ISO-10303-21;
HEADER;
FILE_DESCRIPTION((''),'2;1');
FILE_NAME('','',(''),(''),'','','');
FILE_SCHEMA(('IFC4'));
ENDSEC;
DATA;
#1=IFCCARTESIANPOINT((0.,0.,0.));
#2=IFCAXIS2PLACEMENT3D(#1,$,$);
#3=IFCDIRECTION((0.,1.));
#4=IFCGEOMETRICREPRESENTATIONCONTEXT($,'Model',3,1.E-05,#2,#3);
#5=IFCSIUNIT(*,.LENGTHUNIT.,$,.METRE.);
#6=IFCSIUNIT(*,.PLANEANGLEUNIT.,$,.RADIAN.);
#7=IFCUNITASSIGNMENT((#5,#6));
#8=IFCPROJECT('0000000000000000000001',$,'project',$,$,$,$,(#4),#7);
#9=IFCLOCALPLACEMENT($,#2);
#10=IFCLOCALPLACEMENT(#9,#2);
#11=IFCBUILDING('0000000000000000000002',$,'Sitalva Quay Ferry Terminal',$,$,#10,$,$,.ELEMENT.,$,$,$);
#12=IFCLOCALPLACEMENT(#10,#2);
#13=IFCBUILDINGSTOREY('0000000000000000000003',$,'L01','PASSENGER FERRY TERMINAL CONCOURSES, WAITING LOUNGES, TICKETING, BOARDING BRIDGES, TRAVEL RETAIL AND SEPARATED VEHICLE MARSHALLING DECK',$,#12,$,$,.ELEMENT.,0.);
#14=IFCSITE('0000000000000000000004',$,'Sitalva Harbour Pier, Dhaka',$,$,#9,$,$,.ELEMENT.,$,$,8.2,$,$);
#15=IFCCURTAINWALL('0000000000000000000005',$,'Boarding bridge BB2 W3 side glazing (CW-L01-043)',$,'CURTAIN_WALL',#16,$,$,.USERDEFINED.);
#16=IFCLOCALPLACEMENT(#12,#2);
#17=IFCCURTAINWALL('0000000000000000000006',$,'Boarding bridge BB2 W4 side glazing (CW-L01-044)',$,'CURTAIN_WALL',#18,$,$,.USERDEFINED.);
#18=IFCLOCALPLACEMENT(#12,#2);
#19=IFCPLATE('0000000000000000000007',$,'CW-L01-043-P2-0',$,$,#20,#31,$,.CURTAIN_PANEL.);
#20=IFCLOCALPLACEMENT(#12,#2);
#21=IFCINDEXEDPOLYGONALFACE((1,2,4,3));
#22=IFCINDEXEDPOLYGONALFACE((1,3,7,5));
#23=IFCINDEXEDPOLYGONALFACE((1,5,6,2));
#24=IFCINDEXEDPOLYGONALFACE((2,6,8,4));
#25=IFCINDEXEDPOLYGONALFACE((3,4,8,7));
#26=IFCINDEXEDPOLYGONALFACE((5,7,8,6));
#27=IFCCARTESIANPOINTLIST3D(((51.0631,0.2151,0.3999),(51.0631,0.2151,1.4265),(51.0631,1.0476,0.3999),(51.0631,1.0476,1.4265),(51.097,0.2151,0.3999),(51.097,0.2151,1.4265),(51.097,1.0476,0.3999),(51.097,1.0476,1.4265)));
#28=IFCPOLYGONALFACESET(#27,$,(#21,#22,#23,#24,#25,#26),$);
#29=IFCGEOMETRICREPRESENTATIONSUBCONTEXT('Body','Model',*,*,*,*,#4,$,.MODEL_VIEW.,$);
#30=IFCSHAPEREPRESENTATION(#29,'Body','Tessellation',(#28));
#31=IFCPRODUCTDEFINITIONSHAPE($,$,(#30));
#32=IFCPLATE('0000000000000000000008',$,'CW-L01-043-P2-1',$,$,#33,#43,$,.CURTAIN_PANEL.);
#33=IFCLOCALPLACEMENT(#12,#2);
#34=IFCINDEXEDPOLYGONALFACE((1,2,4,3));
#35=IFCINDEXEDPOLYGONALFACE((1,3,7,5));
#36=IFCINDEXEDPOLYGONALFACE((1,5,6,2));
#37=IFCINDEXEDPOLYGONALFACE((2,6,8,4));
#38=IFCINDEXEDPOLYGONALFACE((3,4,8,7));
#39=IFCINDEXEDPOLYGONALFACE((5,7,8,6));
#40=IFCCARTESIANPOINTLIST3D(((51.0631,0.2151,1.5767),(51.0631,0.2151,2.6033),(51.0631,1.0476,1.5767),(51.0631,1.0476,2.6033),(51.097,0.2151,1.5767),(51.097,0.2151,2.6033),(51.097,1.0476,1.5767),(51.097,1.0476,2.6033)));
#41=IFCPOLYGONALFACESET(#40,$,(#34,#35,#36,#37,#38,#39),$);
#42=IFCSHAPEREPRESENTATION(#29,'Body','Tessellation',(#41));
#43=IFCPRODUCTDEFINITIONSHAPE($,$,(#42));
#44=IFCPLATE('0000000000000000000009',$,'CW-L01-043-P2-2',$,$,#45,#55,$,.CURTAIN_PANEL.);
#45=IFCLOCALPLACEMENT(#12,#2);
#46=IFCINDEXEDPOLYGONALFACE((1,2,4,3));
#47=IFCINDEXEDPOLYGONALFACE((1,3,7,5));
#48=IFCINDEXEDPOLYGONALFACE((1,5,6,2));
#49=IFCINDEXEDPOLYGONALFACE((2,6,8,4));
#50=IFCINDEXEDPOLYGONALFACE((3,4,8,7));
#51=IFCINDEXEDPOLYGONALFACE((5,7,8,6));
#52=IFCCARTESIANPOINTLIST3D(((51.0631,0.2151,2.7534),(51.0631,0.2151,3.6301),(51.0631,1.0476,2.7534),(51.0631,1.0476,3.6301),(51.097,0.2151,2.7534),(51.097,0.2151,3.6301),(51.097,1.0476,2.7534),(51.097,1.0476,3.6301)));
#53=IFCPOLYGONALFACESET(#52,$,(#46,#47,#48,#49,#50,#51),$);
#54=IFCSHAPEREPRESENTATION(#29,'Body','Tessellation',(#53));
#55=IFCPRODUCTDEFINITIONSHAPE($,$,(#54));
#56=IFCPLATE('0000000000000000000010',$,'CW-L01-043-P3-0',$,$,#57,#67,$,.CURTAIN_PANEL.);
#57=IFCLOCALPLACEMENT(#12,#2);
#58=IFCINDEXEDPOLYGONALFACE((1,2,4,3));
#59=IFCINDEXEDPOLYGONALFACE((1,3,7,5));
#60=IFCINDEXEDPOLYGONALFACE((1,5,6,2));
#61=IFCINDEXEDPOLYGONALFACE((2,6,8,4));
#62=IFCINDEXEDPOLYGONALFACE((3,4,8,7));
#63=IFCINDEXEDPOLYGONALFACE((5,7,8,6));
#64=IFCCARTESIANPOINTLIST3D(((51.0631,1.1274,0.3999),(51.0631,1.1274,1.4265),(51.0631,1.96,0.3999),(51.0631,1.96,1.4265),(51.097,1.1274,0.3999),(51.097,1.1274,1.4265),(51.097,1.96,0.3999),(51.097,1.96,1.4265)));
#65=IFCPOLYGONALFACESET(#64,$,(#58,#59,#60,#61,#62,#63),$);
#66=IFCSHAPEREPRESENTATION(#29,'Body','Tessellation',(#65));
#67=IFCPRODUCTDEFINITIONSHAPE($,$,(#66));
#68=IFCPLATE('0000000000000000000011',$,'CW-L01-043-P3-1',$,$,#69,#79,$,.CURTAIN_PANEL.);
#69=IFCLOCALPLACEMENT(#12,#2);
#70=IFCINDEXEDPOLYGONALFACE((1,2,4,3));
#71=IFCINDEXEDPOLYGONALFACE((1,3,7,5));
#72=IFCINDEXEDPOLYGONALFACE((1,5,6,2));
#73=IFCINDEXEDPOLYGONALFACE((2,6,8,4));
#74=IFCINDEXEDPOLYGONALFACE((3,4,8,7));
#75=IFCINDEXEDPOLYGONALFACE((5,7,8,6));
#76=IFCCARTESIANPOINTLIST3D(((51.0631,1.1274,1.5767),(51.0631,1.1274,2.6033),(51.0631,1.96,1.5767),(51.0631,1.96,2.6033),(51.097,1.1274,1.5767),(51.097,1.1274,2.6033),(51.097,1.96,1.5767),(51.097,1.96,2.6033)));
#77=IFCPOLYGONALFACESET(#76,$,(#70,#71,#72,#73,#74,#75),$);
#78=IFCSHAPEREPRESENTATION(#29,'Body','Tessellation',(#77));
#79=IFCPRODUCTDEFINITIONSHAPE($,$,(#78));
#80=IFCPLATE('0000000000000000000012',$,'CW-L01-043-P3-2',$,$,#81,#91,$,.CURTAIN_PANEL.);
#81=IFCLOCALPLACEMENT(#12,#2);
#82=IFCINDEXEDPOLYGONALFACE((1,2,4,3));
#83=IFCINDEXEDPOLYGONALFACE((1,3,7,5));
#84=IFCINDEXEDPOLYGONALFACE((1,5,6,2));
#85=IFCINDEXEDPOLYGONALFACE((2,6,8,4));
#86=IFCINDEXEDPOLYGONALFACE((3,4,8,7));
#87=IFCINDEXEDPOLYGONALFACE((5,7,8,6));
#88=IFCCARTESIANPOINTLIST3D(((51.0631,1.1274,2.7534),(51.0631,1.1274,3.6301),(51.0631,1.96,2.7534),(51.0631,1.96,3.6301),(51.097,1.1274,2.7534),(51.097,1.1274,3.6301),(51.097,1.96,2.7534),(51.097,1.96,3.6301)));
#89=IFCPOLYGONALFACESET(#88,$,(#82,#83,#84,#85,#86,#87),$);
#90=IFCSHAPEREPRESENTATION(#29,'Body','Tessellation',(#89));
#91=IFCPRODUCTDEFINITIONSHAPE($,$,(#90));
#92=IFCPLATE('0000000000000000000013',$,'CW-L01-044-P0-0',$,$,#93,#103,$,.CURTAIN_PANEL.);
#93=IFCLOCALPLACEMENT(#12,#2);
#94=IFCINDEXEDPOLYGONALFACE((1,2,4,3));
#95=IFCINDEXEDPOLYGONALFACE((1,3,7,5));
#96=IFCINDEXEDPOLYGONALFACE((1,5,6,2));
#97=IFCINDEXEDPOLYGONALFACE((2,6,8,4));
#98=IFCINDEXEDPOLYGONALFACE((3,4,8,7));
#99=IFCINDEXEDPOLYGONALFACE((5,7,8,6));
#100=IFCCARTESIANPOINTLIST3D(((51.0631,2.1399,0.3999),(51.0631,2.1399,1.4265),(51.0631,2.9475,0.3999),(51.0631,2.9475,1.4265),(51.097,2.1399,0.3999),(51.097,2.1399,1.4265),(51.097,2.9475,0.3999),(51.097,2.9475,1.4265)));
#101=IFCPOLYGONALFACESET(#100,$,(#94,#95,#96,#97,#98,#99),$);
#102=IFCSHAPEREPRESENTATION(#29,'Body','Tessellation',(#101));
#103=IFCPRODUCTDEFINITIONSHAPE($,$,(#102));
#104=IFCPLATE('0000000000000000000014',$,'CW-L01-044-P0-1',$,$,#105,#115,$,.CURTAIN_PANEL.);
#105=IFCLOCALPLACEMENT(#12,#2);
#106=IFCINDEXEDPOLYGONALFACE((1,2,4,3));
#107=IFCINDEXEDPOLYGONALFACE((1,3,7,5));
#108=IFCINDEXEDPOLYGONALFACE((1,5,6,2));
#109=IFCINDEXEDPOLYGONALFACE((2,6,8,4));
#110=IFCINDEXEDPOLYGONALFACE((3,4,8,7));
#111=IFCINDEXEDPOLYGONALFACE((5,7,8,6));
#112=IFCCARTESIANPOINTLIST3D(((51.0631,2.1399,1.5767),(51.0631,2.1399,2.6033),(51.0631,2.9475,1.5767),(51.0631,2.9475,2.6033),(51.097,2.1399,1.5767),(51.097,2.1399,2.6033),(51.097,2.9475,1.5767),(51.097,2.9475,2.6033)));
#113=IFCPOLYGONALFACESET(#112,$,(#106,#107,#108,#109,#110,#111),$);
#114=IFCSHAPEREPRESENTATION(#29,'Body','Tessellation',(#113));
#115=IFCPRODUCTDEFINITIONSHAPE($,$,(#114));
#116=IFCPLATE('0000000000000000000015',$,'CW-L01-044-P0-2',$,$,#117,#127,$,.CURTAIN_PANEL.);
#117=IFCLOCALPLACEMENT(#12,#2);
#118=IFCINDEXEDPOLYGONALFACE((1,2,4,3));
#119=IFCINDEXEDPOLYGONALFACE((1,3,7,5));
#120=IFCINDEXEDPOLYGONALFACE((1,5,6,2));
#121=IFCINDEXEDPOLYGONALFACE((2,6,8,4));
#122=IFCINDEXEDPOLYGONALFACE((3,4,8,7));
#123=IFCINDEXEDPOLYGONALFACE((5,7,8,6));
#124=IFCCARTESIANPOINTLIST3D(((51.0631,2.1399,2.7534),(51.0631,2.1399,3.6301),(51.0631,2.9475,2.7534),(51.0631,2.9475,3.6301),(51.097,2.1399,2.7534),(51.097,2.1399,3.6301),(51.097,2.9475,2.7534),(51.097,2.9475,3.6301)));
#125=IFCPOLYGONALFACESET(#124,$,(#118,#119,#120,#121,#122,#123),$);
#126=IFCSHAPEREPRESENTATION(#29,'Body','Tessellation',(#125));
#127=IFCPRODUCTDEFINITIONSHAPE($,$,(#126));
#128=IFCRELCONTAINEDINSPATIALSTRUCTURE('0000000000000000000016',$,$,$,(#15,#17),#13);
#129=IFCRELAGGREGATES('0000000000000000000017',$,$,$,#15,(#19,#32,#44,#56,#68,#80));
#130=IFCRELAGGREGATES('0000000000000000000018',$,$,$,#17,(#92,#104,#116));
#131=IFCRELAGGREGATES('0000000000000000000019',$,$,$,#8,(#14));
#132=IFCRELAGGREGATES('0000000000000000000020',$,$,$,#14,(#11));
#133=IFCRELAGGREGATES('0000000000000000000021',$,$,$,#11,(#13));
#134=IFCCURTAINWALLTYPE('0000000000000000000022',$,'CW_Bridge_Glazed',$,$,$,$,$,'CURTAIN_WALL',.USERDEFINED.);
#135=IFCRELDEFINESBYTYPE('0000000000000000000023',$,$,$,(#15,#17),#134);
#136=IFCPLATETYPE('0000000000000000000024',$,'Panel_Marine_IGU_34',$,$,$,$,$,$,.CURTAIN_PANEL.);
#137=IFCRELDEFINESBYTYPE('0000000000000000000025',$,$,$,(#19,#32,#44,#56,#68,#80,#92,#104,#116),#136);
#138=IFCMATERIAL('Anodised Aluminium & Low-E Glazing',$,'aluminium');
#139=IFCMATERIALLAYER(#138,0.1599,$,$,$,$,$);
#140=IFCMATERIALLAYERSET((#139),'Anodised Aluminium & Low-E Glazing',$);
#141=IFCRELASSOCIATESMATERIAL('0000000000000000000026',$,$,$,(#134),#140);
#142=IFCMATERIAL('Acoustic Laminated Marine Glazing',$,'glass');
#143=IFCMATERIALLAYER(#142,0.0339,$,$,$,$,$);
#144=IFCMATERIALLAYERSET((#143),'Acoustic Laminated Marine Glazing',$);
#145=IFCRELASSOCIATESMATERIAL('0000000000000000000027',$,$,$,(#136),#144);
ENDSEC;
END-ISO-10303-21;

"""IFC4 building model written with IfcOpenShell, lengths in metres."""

from ifc_helpers import new_model, si_unit, direction, frame, origin, origin_2d, place, context, subcontext, project, spatial, rectangle, extrude, material, layer, layer_set, type_object, element, aggregate, save


model = new_model("IFC4")

# Units and contexts
model_context = context("Model", 3, precision=1e-05, world=origin(), true_north=direction((0.0, 1.0)))
body_context = subcontext(model_context, "Body", "Model", "MODEL_VIEW")
ifc_project = project(units=[si_unit("LENGTHUNIT", "METRE"), si_unit("PLANEANGLEUNIT", "RADIAN")], contexts=[model_context])

# Site, building, storey
site_placement = place(None, origin())
site = spatial("IfcSite", under=ifc_project, at=site_placement, Name="Sitalva Harbour Pier, Dhaka", CompositionType="ELEMENT", RefElevation=8.2)
building_placement = place(site_placement, origin())
building = spatial("IfcBuilding", under=site, at=building_placement, Name="Sitalva Quay Ferry Terminal", CompositionType="ELEMENT")
storey_placement = place(building_placement, origin())
storey = spatial("IfcBuildingStorey", under=building, at=storey_placement, Name="L01", Description="PASSENGER FERRY TERMINAL CONCOURSES, WAITING LOUNGES, TICKETING, BOARDING BRIDGES, TRAVEL RETAIL AND SEPARATED VEHICLE MARSHALLING DECK", CompositionType="ELEMENT", Elevation=0.0)

# Curtain walls
ifc_material_1 = material(Name="Anodised Aluminium & Low-E Glazing", Category="aluminium")
ifc_layer_1 = layer(ifc_material_1, 0.1599)
ifc_layer_set_1 = layer_set([ifc_layer_1], Name="Anodised Aluminium & Low-E Glazing")
curtain_wall_type = type_object("IfcCurtainWallType", Name="CW_Bridge_Glazed", ElementType="CURTAIN_WALL", PredefinedType="USERDEFINED", material=ifc_layer_set_1)
curtain_wall_1_placement = place(storey_placement, origin())
curtain_wall_1 = element("IfcCurtainWall", 1, at=curtain_wall_1_placement, inside=storey, type_object=curtain_wall_type, Name="Boarding bridge BB2 W3 side glazing (CW-L01-043)", ObjectType="CURTAIN_WALL", PredefinedType="USERDEFINED")
curtain_wall_2_placement = place(storey_placement, origin())
curtain_wall_2 = element("IfcCurtainWall", 2, at=curtain_wall_2_placement, inside=storey, type_object=curtain_wall_type, Name="Boarding bridge BB2 W4 side glazing (CW-L01-044)", ObjectType="CURTAIN_WALL", PredefinedType="USERDEFINED")

# Plates
ifc_material_2 = material(Name="Acoustic Laminated Marine Glazing", Category="glass")
ifc_layer_2 = layer(ifc_material_2, 0.0339)
ifc_layer_set_2 = layer_set([ifc_layer_2], Name="Acoustic Laminated Marine Glazing")
plate_type = type_object("IfcPlateType", Name="Panel_Marine_IGU_34", PredefinedType="CURTAIN_PANEL", material=ifc_layer_set_2)
plate_1_placement = place(storey_placement, frame((51.0801, 0.6313, 0.3999), z_axis=(0.0, 0.0, 1.0), x_axis=(0.0, 1.0, 0.0)))
plate_1 = element("IfcPlate", 3, at=plate_1_placement, type_object=plate_type, Name="CW-L01-043-P2-0", PredefinedType="CURTAIN_PANEL", context=body_context, shape_type="SweptSolid", body=[
    extrude(rectangle(XDim=0.8325, YDim=0.0339, at=origin_2d()), origin(), (0.0, 0.0, 1.0), 1.0266),
])
plate_2_placement = place(storey_placement, frame((51.0801, 0.6313, 1.5767), z_axis=(0.0, 0.0, 1.0), x_axis=(0.0, 1.0, 0.0)))
plate_2 = element("IfcPlate", 4, at=plate_2_placement, type_object=plate_type, Name="CW-L01-043-P2-1", PredefinedType="CURTAIN_PANEL", context=body_context, shape_type="SweptSolid", body=[
    extrude(rectangle(XDim=0.8325, YDim=0.0339, at=origin_2d()), origin(), (0.0, 0.0, 1.0), 1.0266),
])
plate_3_placement = place(storey_placement, frame((51.0801, 0.6313, 2.7534), z_axis=(0.0, 0.0, 1.0), x_axis=(0.0, 1.0, 0.0)))
plate_3 = element("IfcPlate", 5, at=plate_3_placement, type_object=plate_type, Name="CW-L01-043-P2-2", PredefinedType="CURTAIN_PANEL", context=body_context, shape_type="SweptSolid", body=[
    extrude(rectangle(XDim=0.8325, YDim=0.0339, at=origin_2d()), origin(), (0.0, 0.0, 1.0), 0.8767),
])
plate_4_placement = place(storey_placement, frame((51.0801, 1.5437, 0.3999), z_axis=(0.0, 0.0, 1.0), x_axis=(0.0, 1.0, 0.0)))
plate_4 = element("IfcPlate", 6, at=plate_4_placement, type_object=plate_type, Name="CW-L01-043-P3-0", PredefinedType="CURTAIN_PANEL", context=body_context, shape_type="SweptSolid", body=[
    extrude(rectangle(XDim=0.8325, YDim=0.0339, at=origin_2d()), origin(), (0.0, 0.0, 1.0), 1.0266),
])
plate_5_placement = place(storey_placement, frame((51.0801, 1.5437, 1.5767), z_axis=(0.0, 0.0, 1.0), x_axis=(0.0, 1.0, 0.0)))
plate_5 = element("IfcPlate", 7, at=plate_5_placement, type_object=plate_type, Name="CW-L01-043-P3-1", PredefinedType="CURTAIN_PANEL", context=body_context, shape_type="SweptSolid", body=[
    extrude(rectangle(XDim=0.8325, YDim=0.0339, at=origin_2d()), origin(), (0.0, 0.0, 1.0), 1.0266),
])
plate_6_placement = place(storey_placement, frame((51.0801, 1.5437, 2.7534), z_axis=(0.0, 0.0, 1.0), x_axis=(0.0, 1.0, 0.0)))
plate_6 = element("IfcPlate", 8, at=plate_6_placement, type_object=plate_type, Name="CW-L01-043-P3-2", PredefinedType="CURTAIN_PANEL", context=body_context, shape_type="SweptSolid", body=[
    extrude(rectangle(XDim=0.8325, YDim=0.0339, at=origin_2d()), origin(), (0.0, 0.0, 1.0), 0.8767),
])
aggregate(curtain_wall_1, [plate_1, plate_2, plate_3, plate_4, plate_5, plate_6])
plate_7_placement = place(storey_placement, frame((51.0801, 2.5437, 0.3999), z_axis=(0.0, 0.0, 1.0), x_axis=(0.0, 1.0, 0.0)))
plate_7 = element("IfcPlate", 9, at=plate_7_placement, type_object=plate_type, Name="CW-L01-044-P0-0", PredefinedType="CURTAIN_PANEL", context=body_context, shape_type="SweptSolid", body=[
    extrude(rectangle(XDim=0.8076, YDim=0.0339, at=origin_2d()), origin(), (0.0, 0.0, 1.0), 1.0266),
])
plate_8_placement = place(storey_placement, frame((51.0801, 2.5437, 1.5767), z_axis=(0.0, 0.0, 1.0), x_axis=(0.0, 1.0, 0.0)))
plate_8 = element("IfcPlate", 10, at=plate_8_placement, type_object=plate_type, Name="CW-L01-044-P0-1", PredefinedType="CURTAIN_PANEL", context=body_context, shape_type="SweptSolid", body=[
    extrude(rectangle(XDim=0.8076, YDim=0.0339, at=origin_2d()), origin(), (0.0, 0.0, 1.0), 1.0266),
])
plate_9_placement = place(storey_placement, frame((51.0801, 2.5437, 2.7534), z_axis=(0.0, 0.0, 1.0), x_axis=(0.0, 1.0, 0.0)))
plate_9 = element("IfcPlate", 11, at=plate_9_placement, type_object=plate_type, Name="CW-L01-044-P0-2", PredefinedType="CURTAIN_PANEL", context=body_context, shape_type="SweptSolid", body=[
    extrude(rectangle(XDim=0.8076, YDim=0.0339, at=origin_2d()), origin(), (0.0, 0.0, 1.0), 0.8767),
])
aggregate(curtain_wall_2, [plate_7, plate_8, plate_9])

save(model, "model.ifc")
